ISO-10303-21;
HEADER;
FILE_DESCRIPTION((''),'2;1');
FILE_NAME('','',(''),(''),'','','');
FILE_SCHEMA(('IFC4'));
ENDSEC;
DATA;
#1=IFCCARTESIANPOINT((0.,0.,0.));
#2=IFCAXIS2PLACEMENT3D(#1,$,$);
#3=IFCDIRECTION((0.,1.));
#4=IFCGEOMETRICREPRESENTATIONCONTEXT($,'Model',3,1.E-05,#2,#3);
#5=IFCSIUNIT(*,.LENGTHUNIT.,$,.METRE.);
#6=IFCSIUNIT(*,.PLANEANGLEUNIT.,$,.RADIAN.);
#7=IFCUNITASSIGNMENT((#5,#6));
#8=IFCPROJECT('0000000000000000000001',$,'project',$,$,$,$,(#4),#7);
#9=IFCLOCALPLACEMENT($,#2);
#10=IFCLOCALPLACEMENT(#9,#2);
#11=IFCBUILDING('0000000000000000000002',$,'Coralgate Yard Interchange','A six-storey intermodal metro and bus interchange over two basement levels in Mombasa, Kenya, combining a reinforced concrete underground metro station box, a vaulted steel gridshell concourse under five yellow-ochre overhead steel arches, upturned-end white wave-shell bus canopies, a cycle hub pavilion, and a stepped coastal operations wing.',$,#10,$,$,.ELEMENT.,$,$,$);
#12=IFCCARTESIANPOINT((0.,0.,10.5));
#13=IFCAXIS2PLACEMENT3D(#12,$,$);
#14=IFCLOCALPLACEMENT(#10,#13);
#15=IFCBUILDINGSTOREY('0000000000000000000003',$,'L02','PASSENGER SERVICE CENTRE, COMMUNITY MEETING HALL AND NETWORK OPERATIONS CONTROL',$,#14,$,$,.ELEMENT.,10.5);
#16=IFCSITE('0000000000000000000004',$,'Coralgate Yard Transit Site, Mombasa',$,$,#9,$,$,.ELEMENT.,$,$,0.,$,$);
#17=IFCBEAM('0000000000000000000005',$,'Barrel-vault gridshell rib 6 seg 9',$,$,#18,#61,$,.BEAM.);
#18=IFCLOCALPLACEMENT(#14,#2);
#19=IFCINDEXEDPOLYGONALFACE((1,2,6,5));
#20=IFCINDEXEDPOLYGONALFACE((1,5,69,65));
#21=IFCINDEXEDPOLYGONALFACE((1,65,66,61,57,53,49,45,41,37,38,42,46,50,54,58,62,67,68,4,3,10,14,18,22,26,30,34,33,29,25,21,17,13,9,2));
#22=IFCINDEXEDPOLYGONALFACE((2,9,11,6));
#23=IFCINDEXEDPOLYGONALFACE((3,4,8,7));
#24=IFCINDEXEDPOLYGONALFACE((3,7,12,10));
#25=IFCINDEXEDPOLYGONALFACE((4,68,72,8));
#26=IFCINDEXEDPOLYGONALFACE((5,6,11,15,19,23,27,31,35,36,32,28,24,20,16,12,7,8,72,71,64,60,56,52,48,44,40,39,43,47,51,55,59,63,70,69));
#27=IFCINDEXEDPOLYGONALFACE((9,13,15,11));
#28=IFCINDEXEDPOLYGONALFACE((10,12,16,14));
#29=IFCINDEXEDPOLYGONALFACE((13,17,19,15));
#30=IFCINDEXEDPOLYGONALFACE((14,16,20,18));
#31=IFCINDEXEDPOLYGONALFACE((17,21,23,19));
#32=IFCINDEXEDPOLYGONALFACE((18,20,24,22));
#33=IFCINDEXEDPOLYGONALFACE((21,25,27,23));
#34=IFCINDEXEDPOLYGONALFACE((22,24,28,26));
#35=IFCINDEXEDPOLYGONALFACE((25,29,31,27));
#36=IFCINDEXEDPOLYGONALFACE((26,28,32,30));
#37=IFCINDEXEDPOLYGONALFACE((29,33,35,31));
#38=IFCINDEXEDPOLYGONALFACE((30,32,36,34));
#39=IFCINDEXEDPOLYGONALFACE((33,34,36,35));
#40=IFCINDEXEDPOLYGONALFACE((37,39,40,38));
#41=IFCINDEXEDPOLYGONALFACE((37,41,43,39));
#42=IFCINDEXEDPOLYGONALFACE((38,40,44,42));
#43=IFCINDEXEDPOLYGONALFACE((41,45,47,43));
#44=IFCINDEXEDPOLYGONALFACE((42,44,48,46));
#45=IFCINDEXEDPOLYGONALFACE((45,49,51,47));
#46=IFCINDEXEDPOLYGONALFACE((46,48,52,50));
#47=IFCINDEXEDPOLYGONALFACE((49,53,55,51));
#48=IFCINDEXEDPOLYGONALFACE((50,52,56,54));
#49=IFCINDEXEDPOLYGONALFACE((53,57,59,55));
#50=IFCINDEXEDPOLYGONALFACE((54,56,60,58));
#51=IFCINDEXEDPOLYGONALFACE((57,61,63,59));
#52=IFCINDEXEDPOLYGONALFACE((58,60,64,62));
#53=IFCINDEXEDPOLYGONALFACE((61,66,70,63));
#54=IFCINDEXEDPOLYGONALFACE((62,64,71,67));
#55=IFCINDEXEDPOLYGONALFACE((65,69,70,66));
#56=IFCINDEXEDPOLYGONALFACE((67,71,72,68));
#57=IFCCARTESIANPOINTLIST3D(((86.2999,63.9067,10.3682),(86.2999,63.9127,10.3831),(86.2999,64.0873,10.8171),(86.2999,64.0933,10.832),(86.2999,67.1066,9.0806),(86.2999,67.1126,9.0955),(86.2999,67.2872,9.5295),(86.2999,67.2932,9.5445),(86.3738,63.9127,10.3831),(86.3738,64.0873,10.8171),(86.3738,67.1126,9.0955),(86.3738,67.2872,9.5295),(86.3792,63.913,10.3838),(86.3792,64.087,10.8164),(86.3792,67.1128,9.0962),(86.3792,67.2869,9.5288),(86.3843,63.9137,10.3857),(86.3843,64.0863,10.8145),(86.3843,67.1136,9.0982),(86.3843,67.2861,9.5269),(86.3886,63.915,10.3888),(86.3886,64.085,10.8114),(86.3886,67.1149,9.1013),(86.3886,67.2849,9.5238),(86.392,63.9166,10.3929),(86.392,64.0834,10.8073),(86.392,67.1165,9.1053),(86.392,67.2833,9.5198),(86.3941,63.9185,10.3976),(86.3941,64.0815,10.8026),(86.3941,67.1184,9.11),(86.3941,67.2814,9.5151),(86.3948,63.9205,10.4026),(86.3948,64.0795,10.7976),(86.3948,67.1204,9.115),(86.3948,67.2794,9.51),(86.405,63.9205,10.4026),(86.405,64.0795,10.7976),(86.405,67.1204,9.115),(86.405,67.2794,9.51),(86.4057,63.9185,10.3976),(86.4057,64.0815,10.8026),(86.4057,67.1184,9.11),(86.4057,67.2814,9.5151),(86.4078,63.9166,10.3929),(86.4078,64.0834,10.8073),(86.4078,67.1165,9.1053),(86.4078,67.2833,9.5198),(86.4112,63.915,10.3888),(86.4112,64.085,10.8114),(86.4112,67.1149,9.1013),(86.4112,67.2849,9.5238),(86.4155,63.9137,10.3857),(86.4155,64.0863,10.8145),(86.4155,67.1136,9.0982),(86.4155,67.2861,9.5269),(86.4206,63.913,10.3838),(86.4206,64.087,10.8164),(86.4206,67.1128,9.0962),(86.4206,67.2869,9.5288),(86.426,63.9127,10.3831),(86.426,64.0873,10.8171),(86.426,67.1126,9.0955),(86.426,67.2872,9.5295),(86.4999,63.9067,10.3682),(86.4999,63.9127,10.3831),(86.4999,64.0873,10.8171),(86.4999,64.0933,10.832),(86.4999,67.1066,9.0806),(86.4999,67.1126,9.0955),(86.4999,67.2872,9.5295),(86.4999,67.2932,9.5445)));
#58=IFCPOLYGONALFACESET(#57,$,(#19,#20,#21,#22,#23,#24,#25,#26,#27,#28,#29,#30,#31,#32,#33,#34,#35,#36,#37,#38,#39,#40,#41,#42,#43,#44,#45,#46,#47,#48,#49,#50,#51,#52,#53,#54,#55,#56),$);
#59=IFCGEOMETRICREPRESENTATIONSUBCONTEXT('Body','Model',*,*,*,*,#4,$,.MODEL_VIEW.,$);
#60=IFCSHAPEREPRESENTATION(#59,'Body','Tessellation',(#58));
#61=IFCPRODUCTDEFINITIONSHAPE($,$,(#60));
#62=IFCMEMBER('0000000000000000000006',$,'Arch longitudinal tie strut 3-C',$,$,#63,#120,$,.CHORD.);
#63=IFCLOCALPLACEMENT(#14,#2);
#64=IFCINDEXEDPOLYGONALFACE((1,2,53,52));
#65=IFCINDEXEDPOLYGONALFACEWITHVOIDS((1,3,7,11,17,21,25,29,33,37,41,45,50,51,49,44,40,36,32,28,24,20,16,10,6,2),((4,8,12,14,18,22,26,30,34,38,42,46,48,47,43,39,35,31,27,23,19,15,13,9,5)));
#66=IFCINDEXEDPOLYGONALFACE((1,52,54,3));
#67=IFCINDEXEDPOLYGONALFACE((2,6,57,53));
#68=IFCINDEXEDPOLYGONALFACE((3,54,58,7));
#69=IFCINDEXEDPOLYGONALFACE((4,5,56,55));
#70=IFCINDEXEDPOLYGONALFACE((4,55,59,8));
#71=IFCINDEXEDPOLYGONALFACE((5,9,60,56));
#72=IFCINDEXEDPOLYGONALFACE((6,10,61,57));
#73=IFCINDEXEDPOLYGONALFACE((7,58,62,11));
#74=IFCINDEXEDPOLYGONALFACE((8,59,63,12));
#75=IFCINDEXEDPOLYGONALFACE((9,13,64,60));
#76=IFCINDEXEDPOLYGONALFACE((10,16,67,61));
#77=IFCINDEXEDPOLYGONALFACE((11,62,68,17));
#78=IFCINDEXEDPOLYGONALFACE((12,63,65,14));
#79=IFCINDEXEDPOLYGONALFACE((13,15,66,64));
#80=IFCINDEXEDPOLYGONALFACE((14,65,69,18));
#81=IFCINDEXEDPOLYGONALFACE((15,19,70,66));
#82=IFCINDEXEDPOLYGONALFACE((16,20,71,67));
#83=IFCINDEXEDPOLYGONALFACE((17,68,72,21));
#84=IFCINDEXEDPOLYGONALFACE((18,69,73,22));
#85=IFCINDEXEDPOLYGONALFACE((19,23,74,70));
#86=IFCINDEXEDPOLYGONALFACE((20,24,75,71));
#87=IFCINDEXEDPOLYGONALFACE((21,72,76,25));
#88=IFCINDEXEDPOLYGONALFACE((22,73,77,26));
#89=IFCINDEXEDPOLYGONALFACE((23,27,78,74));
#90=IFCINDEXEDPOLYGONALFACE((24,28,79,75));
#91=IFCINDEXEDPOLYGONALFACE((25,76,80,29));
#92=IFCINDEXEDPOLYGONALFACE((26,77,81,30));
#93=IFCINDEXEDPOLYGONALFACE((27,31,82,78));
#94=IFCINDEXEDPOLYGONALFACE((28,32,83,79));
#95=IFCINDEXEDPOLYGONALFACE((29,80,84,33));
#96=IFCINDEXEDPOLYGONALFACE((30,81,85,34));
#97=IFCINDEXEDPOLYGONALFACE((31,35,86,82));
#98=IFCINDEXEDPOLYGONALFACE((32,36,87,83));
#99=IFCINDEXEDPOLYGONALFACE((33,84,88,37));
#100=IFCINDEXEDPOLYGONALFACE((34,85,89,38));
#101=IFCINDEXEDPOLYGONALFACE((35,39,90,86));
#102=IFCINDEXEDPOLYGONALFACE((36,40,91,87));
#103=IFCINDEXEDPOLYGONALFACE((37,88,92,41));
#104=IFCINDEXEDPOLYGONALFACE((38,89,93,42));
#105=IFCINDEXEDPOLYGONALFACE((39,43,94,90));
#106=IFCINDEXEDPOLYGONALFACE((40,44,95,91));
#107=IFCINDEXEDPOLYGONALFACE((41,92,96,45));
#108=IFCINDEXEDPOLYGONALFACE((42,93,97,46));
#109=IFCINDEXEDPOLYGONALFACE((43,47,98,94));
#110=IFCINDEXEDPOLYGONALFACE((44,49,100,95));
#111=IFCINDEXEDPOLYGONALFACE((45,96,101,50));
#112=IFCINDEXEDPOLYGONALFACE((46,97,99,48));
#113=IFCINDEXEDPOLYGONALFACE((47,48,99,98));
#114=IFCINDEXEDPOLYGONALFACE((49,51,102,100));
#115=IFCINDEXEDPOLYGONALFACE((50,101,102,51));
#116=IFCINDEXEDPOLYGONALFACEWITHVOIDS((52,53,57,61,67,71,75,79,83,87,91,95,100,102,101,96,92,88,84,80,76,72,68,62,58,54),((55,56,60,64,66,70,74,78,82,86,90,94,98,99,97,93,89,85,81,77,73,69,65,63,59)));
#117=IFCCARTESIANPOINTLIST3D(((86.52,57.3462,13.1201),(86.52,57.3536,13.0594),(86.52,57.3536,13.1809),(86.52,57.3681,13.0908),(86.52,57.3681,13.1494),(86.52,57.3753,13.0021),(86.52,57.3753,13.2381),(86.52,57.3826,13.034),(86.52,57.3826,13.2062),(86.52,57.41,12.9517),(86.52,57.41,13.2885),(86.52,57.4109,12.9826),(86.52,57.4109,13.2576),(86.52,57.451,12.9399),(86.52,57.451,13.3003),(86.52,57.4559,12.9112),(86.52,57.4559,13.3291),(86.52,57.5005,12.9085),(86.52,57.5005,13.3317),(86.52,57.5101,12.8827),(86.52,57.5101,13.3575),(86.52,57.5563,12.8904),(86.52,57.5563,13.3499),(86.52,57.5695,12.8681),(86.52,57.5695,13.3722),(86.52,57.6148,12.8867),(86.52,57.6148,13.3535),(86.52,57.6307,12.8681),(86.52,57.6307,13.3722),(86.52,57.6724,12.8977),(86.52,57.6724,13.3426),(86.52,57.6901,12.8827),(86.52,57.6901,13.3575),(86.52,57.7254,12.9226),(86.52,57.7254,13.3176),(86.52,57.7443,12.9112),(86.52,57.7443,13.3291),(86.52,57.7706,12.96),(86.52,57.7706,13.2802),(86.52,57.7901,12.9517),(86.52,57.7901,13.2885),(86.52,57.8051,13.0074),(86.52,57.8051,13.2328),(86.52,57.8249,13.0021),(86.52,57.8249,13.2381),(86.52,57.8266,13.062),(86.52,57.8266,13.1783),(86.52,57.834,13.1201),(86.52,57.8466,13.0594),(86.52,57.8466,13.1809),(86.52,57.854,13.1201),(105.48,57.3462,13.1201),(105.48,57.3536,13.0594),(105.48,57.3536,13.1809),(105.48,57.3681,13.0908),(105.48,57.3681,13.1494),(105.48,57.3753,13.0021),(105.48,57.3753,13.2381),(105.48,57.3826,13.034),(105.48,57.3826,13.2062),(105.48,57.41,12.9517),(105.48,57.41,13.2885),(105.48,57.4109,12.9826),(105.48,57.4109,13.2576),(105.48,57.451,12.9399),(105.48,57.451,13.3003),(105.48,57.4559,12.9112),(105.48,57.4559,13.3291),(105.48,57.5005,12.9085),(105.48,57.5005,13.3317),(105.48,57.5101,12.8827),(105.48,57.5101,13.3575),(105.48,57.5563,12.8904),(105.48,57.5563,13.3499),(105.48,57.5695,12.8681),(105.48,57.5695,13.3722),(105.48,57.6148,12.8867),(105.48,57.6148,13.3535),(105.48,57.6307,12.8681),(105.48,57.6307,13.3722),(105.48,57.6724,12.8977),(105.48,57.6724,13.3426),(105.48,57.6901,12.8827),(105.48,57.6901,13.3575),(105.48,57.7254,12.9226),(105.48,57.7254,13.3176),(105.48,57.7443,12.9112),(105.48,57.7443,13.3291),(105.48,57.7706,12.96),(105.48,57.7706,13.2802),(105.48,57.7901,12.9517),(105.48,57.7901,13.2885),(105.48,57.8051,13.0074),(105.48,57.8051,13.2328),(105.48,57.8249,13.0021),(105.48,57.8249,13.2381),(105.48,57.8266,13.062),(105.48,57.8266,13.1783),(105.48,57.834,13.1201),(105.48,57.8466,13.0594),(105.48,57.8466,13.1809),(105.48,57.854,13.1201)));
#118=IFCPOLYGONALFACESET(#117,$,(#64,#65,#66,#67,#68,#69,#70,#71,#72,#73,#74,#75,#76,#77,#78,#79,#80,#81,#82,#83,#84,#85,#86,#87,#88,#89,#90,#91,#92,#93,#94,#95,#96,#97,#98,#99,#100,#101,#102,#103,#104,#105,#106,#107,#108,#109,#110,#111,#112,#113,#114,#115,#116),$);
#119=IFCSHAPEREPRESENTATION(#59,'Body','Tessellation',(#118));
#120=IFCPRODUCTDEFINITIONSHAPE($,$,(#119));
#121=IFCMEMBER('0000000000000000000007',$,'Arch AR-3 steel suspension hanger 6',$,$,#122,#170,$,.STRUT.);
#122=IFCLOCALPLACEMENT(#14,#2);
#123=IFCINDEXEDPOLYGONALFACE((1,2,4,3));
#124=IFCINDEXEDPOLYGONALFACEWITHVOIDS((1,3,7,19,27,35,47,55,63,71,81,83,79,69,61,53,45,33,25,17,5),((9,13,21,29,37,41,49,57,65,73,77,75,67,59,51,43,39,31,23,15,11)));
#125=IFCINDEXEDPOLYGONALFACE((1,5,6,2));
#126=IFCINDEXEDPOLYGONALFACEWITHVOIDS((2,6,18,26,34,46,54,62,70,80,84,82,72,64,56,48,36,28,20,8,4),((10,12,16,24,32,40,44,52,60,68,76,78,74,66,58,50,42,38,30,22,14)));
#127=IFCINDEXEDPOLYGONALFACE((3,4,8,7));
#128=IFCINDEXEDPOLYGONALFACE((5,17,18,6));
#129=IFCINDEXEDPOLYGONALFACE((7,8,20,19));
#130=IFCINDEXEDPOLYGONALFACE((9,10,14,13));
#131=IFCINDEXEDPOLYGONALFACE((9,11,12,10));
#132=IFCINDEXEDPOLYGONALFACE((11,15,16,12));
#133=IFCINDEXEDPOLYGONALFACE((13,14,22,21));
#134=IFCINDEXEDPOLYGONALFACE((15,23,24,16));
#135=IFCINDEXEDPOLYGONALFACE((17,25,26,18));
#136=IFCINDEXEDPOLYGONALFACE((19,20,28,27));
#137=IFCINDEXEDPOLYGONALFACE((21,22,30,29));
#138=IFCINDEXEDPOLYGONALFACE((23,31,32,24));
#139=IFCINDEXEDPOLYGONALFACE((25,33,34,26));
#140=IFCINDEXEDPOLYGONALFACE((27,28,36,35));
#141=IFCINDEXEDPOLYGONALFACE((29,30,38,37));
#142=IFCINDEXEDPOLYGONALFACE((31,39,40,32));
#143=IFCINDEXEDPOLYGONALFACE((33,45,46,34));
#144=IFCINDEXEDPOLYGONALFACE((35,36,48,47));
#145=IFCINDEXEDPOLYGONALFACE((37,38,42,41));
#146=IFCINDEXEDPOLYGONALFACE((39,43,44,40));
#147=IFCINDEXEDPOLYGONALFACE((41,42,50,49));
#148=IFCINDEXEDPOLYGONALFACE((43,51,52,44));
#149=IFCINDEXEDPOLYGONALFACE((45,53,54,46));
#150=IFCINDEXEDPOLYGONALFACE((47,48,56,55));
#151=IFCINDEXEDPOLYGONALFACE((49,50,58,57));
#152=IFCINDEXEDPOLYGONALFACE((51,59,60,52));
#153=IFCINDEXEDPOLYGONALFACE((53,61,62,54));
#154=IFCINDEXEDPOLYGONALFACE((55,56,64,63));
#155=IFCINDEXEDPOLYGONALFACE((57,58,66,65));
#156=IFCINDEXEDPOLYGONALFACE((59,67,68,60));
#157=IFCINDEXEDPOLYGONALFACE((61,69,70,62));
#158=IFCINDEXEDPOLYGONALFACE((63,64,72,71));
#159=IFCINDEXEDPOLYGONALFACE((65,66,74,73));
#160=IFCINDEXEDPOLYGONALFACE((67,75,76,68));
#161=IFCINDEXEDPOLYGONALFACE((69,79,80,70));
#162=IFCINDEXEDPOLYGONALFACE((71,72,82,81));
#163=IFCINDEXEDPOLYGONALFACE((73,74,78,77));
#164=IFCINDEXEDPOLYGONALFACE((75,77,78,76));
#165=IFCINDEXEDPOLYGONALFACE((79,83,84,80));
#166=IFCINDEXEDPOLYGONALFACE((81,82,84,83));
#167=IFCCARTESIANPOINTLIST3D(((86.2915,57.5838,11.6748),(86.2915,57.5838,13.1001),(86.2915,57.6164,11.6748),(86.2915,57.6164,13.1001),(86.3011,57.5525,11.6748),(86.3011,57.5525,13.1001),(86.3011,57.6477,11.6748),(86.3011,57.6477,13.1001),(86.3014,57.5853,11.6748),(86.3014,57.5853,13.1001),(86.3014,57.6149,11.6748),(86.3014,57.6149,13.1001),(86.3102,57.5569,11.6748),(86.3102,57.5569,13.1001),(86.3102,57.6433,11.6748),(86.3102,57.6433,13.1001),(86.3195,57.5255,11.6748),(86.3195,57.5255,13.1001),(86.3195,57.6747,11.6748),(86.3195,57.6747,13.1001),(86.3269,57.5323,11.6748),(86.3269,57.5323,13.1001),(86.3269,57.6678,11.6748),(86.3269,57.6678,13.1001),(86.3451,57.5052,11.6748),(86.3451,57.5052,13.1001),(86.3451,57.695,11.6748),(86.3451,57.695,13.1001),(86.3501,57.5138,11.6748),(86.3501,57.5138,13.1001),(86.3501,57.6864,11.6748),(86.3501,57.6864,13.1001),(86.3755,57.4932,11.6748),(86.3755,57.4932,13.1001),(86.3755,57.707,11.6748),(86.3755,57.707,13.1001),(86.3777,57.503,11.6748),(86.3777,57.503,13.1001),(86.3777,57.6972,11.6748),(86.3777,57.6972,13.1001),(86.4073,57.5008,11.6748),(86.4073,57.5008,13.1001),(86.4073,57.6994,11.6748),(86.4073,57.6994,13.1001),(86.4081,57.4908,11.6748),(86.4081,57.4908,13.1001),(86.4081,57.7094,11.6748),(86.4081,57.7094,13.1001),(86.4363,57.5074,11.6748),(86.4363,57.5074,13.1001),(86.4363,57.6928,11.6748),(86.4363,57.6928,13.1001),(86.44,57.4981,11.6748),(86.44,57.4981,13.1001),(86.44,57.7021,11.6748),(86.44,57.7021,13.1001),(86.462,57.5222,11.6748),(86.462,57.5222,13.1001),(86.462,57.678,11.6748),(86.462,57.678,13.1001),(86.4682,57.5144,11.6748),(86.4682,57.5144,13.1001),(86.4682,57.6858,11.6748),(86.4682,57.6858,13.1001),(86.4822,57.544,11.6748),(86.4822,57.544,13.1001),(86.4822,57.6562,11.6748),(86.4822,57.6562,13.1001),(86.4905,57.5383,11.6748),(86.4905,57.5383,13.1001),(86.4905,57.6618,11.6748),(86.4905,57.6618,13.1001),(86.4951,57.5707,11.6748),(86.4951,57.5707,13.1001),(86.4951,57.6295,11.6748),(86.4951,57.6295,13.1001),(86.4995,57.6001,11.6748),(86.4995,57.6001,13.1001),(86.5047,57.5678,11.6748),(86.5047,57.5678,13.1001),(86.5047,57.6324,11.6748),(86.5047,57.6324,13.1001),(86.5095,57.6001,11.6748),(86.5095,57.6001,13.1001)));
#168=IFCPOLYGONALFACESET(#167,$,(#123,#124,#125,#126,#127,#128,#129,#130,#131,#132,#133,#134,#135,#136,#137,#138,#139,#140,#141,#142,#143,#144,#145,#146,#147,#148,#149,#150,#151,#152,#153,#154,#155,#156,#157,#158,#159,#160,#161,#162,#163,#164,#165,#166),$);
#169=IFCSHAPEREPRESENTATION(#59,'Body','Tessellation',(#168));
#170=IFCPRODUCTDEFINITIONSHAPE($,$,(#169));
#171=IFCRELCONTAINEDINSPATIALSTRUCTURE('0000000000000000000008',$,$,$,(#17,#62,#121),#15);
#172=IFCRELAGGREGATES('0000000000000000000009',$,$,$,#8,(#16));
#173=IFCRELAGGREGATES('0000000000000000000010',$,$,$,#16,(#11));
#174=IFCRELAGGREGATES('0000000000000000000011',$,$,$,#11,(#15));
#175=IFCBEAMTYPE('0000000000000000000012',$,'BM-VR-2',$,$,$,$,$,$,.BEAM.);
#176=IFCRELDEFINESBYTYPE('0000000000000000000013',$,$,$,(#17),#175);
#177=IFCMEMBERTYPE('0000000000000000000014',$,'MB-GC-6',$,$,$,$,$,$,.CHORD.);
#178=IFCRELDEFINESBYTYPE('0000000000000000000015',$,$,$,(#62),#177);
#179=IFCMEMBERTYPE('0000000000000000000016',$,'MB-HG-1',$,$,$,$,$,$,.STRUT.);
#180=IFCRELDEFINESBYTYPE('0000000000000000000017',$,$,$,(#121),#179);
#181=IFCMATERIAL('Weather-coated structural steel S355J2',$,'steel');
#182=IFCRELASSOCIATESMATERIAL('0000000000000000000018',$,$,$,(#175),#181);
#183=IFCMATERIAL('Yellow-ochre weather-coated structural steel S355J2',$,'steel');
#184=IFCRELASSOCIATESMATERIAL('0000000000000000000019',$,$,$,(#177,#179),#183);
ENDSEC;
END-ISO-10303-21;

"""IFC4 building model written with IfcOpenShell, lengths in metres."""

from ifc_helpers import new_model, si_unit, direction, frame, origin, origin_2d, place, context, subcontext, project, spatial, hollow_circle, i_section, extrude, material, material_profile, profile_set, type_object, element, save


model = new_model("IFC4")

# Units and contexts
model_context = context("Model", 3, precision=1e-05, world=origin(), true_north=direction((0.0, 1.0)))
body_context = subcontext(model_context, "Body", "Model", "MODEL_VIEW")
ifc_project = project(units=[si_unit("LENGTHUNIT", "METRE"), si_unit("PLANEANGLEUNIT", "RADIAN")], contexts=[model_context])

# Site, building, storey
site_placement = place(None, origin())
site = spatial("IfcSite", under=ifc_project, at=site_placement, Name="Coralgate Yard Transit Site, Mombasa", CompositionType="ELEMENT", RefElevation=0.0)
building_placement = place(site_placement, origin())
building = spatial("IfcBuilding", under=site, at=building_placement, Name="Coralgate Yard Interchange", Description="A six-storey intermodal metro and bus interchange over two basement levels in Mombasa, Kenya, combining a reinforced concrete underground metro station box, a vaulted steel gridshell concourse under five yellow-ochre overhead steel arches, upturned-end white wave-shell bus canopies, a cycle hub pavilion, and a stepped coastal operations wing.", CompositionType="ELEMENT")
storey_placement = place(building_placement, frame((0.0, 0.0, 10.5)))
storey = spatial("IfcBuildingStorey", under=building, at=storey_placement, Name="L02", Description="PASSENGER SERVICE CENTRE, COMMUNITY MEETING HALL AND NETWORK OPERATIONS CONTROL", CompositionType="ELEMENT", Elevation=10.5)

# Beam
ifc_material_1 = material(Name="Yellow-ochre weather-coated structural steel S355J2", Category="steel")
ifc_material_2 = material(Name="Weather-coated structural steel S355J2", Category="steel")
ifc_material_profile_1 = material_profile(ifc_material_2, i_section(OverallWidth=0.2, OverallDepth=0.5, WebThickness=0.0103, FlangeThickness=0.0161, FilletRadius=0.021, at=origin_2d()), Name="IPE 500")
ifc_profile_set_1 = profile_set([ifc_material_profile_1], Name="Weather-coated structural steel S355J2")
beam_type_1 = type_object("IfcBeamType", Name="BM-VR-2", PredefinedType="BEAM", material=ifc_profile_set_1)
beam_1_placement = place(storey_placement, frame((86.3999, 64.0, 10.6001), z_axis=(0.0, 0.927713, -0.373294), x_axis=(-1.0, 0.0, 0.0)))
element("IfcBeam", 1, at=beam_1_placement, inside=storey, type_object=beam_type_1, Name="Barrel-vault gridshell rib 6 seg 9", PredefinedType="BEAM", context=body_context, shape_type="SweptSolid", body=[
    extrude(i_section(OverallWidth=0.2, OverallDepth=0.5, WebThickness=0.0103, FlangeThickness=0.0161, FilletRadius=0.021, at=origin_2d()), origin(), (0.0, 0.0, 1.0), 3.4492),
])

# Members
ifc_material_profile_2 = material_profile(ifc_material_1, hollow_circle(Radius=0.2539, WallThickness=0.02, at=origin_2d()), Name="CHS 508x20")
ifc_profile_set_2 = profile_set([ifc_material_profile_2], Name="Yellow-ochre weather-coated structural steel S355J2")
member_type_1 = type_object("IfcMemberType", Name="MB-GC-6", PredefinedType="CHORD", material=ifc_profile_set_2)
member_1_placement = place(storey_placement, frame((86.52, 57.6001, 13.1201), z_axis=(1.0, 0.0, 0.0), x_axis=(0.0, 1.0, 0.0)))
element("IfcMember", 2, at=member_1_placement, inside=storey, type_object=member_type_1, Name="Arch longitudinal tie strut 3-C", PredefinedType="CHORD", context=body_context, shape_type="SweptSolid", body=[
    extrude(hollow_circle(Radius=0.2539, WallThickness=0.02, at=origin_2d()), origin(), (0.0, 0.0, 1.0), 18.96),
])
ifc_material_profile_3 = material_profile(ifc_material_1, hollow_circle(Radius=0.1096, WallThickness=0.01, at=origin_2d()), Name="CHS 219.1x10")
ifc_profile_set_3 = profile_set([ifc_material_profile_3], Name="Yellow-ochre weather-coated structural steel S355J2")
member_type_2 = type_object("IfcMemberType", Name="MB-HG-1", PredefinedType="STRUT", material=ifc_profile_set_3)
member_2_placement = place(storey_placement, frame((86.3999, 57.6001, 11.6748), z_axis=(0.0, 0.0, 1.0), x_axis=(1.0, 0.0, 0.0)))
element("IfcMember", 3, at=member_2_placement, inside=storey, type_object=member_type_2, Name="Arch AR-3 steel suspension hanger 6", PredefinedType="STRUT", context=body_context, shape_type="SweptSolid", body=[
    extrude(hollow_circle(Radius=0.1096, WallThickness=0.01, at=origin_2d()), origin(), (0.0, 0.0, 1.0), 1.4253),
])

save(model, "model.ifc")
